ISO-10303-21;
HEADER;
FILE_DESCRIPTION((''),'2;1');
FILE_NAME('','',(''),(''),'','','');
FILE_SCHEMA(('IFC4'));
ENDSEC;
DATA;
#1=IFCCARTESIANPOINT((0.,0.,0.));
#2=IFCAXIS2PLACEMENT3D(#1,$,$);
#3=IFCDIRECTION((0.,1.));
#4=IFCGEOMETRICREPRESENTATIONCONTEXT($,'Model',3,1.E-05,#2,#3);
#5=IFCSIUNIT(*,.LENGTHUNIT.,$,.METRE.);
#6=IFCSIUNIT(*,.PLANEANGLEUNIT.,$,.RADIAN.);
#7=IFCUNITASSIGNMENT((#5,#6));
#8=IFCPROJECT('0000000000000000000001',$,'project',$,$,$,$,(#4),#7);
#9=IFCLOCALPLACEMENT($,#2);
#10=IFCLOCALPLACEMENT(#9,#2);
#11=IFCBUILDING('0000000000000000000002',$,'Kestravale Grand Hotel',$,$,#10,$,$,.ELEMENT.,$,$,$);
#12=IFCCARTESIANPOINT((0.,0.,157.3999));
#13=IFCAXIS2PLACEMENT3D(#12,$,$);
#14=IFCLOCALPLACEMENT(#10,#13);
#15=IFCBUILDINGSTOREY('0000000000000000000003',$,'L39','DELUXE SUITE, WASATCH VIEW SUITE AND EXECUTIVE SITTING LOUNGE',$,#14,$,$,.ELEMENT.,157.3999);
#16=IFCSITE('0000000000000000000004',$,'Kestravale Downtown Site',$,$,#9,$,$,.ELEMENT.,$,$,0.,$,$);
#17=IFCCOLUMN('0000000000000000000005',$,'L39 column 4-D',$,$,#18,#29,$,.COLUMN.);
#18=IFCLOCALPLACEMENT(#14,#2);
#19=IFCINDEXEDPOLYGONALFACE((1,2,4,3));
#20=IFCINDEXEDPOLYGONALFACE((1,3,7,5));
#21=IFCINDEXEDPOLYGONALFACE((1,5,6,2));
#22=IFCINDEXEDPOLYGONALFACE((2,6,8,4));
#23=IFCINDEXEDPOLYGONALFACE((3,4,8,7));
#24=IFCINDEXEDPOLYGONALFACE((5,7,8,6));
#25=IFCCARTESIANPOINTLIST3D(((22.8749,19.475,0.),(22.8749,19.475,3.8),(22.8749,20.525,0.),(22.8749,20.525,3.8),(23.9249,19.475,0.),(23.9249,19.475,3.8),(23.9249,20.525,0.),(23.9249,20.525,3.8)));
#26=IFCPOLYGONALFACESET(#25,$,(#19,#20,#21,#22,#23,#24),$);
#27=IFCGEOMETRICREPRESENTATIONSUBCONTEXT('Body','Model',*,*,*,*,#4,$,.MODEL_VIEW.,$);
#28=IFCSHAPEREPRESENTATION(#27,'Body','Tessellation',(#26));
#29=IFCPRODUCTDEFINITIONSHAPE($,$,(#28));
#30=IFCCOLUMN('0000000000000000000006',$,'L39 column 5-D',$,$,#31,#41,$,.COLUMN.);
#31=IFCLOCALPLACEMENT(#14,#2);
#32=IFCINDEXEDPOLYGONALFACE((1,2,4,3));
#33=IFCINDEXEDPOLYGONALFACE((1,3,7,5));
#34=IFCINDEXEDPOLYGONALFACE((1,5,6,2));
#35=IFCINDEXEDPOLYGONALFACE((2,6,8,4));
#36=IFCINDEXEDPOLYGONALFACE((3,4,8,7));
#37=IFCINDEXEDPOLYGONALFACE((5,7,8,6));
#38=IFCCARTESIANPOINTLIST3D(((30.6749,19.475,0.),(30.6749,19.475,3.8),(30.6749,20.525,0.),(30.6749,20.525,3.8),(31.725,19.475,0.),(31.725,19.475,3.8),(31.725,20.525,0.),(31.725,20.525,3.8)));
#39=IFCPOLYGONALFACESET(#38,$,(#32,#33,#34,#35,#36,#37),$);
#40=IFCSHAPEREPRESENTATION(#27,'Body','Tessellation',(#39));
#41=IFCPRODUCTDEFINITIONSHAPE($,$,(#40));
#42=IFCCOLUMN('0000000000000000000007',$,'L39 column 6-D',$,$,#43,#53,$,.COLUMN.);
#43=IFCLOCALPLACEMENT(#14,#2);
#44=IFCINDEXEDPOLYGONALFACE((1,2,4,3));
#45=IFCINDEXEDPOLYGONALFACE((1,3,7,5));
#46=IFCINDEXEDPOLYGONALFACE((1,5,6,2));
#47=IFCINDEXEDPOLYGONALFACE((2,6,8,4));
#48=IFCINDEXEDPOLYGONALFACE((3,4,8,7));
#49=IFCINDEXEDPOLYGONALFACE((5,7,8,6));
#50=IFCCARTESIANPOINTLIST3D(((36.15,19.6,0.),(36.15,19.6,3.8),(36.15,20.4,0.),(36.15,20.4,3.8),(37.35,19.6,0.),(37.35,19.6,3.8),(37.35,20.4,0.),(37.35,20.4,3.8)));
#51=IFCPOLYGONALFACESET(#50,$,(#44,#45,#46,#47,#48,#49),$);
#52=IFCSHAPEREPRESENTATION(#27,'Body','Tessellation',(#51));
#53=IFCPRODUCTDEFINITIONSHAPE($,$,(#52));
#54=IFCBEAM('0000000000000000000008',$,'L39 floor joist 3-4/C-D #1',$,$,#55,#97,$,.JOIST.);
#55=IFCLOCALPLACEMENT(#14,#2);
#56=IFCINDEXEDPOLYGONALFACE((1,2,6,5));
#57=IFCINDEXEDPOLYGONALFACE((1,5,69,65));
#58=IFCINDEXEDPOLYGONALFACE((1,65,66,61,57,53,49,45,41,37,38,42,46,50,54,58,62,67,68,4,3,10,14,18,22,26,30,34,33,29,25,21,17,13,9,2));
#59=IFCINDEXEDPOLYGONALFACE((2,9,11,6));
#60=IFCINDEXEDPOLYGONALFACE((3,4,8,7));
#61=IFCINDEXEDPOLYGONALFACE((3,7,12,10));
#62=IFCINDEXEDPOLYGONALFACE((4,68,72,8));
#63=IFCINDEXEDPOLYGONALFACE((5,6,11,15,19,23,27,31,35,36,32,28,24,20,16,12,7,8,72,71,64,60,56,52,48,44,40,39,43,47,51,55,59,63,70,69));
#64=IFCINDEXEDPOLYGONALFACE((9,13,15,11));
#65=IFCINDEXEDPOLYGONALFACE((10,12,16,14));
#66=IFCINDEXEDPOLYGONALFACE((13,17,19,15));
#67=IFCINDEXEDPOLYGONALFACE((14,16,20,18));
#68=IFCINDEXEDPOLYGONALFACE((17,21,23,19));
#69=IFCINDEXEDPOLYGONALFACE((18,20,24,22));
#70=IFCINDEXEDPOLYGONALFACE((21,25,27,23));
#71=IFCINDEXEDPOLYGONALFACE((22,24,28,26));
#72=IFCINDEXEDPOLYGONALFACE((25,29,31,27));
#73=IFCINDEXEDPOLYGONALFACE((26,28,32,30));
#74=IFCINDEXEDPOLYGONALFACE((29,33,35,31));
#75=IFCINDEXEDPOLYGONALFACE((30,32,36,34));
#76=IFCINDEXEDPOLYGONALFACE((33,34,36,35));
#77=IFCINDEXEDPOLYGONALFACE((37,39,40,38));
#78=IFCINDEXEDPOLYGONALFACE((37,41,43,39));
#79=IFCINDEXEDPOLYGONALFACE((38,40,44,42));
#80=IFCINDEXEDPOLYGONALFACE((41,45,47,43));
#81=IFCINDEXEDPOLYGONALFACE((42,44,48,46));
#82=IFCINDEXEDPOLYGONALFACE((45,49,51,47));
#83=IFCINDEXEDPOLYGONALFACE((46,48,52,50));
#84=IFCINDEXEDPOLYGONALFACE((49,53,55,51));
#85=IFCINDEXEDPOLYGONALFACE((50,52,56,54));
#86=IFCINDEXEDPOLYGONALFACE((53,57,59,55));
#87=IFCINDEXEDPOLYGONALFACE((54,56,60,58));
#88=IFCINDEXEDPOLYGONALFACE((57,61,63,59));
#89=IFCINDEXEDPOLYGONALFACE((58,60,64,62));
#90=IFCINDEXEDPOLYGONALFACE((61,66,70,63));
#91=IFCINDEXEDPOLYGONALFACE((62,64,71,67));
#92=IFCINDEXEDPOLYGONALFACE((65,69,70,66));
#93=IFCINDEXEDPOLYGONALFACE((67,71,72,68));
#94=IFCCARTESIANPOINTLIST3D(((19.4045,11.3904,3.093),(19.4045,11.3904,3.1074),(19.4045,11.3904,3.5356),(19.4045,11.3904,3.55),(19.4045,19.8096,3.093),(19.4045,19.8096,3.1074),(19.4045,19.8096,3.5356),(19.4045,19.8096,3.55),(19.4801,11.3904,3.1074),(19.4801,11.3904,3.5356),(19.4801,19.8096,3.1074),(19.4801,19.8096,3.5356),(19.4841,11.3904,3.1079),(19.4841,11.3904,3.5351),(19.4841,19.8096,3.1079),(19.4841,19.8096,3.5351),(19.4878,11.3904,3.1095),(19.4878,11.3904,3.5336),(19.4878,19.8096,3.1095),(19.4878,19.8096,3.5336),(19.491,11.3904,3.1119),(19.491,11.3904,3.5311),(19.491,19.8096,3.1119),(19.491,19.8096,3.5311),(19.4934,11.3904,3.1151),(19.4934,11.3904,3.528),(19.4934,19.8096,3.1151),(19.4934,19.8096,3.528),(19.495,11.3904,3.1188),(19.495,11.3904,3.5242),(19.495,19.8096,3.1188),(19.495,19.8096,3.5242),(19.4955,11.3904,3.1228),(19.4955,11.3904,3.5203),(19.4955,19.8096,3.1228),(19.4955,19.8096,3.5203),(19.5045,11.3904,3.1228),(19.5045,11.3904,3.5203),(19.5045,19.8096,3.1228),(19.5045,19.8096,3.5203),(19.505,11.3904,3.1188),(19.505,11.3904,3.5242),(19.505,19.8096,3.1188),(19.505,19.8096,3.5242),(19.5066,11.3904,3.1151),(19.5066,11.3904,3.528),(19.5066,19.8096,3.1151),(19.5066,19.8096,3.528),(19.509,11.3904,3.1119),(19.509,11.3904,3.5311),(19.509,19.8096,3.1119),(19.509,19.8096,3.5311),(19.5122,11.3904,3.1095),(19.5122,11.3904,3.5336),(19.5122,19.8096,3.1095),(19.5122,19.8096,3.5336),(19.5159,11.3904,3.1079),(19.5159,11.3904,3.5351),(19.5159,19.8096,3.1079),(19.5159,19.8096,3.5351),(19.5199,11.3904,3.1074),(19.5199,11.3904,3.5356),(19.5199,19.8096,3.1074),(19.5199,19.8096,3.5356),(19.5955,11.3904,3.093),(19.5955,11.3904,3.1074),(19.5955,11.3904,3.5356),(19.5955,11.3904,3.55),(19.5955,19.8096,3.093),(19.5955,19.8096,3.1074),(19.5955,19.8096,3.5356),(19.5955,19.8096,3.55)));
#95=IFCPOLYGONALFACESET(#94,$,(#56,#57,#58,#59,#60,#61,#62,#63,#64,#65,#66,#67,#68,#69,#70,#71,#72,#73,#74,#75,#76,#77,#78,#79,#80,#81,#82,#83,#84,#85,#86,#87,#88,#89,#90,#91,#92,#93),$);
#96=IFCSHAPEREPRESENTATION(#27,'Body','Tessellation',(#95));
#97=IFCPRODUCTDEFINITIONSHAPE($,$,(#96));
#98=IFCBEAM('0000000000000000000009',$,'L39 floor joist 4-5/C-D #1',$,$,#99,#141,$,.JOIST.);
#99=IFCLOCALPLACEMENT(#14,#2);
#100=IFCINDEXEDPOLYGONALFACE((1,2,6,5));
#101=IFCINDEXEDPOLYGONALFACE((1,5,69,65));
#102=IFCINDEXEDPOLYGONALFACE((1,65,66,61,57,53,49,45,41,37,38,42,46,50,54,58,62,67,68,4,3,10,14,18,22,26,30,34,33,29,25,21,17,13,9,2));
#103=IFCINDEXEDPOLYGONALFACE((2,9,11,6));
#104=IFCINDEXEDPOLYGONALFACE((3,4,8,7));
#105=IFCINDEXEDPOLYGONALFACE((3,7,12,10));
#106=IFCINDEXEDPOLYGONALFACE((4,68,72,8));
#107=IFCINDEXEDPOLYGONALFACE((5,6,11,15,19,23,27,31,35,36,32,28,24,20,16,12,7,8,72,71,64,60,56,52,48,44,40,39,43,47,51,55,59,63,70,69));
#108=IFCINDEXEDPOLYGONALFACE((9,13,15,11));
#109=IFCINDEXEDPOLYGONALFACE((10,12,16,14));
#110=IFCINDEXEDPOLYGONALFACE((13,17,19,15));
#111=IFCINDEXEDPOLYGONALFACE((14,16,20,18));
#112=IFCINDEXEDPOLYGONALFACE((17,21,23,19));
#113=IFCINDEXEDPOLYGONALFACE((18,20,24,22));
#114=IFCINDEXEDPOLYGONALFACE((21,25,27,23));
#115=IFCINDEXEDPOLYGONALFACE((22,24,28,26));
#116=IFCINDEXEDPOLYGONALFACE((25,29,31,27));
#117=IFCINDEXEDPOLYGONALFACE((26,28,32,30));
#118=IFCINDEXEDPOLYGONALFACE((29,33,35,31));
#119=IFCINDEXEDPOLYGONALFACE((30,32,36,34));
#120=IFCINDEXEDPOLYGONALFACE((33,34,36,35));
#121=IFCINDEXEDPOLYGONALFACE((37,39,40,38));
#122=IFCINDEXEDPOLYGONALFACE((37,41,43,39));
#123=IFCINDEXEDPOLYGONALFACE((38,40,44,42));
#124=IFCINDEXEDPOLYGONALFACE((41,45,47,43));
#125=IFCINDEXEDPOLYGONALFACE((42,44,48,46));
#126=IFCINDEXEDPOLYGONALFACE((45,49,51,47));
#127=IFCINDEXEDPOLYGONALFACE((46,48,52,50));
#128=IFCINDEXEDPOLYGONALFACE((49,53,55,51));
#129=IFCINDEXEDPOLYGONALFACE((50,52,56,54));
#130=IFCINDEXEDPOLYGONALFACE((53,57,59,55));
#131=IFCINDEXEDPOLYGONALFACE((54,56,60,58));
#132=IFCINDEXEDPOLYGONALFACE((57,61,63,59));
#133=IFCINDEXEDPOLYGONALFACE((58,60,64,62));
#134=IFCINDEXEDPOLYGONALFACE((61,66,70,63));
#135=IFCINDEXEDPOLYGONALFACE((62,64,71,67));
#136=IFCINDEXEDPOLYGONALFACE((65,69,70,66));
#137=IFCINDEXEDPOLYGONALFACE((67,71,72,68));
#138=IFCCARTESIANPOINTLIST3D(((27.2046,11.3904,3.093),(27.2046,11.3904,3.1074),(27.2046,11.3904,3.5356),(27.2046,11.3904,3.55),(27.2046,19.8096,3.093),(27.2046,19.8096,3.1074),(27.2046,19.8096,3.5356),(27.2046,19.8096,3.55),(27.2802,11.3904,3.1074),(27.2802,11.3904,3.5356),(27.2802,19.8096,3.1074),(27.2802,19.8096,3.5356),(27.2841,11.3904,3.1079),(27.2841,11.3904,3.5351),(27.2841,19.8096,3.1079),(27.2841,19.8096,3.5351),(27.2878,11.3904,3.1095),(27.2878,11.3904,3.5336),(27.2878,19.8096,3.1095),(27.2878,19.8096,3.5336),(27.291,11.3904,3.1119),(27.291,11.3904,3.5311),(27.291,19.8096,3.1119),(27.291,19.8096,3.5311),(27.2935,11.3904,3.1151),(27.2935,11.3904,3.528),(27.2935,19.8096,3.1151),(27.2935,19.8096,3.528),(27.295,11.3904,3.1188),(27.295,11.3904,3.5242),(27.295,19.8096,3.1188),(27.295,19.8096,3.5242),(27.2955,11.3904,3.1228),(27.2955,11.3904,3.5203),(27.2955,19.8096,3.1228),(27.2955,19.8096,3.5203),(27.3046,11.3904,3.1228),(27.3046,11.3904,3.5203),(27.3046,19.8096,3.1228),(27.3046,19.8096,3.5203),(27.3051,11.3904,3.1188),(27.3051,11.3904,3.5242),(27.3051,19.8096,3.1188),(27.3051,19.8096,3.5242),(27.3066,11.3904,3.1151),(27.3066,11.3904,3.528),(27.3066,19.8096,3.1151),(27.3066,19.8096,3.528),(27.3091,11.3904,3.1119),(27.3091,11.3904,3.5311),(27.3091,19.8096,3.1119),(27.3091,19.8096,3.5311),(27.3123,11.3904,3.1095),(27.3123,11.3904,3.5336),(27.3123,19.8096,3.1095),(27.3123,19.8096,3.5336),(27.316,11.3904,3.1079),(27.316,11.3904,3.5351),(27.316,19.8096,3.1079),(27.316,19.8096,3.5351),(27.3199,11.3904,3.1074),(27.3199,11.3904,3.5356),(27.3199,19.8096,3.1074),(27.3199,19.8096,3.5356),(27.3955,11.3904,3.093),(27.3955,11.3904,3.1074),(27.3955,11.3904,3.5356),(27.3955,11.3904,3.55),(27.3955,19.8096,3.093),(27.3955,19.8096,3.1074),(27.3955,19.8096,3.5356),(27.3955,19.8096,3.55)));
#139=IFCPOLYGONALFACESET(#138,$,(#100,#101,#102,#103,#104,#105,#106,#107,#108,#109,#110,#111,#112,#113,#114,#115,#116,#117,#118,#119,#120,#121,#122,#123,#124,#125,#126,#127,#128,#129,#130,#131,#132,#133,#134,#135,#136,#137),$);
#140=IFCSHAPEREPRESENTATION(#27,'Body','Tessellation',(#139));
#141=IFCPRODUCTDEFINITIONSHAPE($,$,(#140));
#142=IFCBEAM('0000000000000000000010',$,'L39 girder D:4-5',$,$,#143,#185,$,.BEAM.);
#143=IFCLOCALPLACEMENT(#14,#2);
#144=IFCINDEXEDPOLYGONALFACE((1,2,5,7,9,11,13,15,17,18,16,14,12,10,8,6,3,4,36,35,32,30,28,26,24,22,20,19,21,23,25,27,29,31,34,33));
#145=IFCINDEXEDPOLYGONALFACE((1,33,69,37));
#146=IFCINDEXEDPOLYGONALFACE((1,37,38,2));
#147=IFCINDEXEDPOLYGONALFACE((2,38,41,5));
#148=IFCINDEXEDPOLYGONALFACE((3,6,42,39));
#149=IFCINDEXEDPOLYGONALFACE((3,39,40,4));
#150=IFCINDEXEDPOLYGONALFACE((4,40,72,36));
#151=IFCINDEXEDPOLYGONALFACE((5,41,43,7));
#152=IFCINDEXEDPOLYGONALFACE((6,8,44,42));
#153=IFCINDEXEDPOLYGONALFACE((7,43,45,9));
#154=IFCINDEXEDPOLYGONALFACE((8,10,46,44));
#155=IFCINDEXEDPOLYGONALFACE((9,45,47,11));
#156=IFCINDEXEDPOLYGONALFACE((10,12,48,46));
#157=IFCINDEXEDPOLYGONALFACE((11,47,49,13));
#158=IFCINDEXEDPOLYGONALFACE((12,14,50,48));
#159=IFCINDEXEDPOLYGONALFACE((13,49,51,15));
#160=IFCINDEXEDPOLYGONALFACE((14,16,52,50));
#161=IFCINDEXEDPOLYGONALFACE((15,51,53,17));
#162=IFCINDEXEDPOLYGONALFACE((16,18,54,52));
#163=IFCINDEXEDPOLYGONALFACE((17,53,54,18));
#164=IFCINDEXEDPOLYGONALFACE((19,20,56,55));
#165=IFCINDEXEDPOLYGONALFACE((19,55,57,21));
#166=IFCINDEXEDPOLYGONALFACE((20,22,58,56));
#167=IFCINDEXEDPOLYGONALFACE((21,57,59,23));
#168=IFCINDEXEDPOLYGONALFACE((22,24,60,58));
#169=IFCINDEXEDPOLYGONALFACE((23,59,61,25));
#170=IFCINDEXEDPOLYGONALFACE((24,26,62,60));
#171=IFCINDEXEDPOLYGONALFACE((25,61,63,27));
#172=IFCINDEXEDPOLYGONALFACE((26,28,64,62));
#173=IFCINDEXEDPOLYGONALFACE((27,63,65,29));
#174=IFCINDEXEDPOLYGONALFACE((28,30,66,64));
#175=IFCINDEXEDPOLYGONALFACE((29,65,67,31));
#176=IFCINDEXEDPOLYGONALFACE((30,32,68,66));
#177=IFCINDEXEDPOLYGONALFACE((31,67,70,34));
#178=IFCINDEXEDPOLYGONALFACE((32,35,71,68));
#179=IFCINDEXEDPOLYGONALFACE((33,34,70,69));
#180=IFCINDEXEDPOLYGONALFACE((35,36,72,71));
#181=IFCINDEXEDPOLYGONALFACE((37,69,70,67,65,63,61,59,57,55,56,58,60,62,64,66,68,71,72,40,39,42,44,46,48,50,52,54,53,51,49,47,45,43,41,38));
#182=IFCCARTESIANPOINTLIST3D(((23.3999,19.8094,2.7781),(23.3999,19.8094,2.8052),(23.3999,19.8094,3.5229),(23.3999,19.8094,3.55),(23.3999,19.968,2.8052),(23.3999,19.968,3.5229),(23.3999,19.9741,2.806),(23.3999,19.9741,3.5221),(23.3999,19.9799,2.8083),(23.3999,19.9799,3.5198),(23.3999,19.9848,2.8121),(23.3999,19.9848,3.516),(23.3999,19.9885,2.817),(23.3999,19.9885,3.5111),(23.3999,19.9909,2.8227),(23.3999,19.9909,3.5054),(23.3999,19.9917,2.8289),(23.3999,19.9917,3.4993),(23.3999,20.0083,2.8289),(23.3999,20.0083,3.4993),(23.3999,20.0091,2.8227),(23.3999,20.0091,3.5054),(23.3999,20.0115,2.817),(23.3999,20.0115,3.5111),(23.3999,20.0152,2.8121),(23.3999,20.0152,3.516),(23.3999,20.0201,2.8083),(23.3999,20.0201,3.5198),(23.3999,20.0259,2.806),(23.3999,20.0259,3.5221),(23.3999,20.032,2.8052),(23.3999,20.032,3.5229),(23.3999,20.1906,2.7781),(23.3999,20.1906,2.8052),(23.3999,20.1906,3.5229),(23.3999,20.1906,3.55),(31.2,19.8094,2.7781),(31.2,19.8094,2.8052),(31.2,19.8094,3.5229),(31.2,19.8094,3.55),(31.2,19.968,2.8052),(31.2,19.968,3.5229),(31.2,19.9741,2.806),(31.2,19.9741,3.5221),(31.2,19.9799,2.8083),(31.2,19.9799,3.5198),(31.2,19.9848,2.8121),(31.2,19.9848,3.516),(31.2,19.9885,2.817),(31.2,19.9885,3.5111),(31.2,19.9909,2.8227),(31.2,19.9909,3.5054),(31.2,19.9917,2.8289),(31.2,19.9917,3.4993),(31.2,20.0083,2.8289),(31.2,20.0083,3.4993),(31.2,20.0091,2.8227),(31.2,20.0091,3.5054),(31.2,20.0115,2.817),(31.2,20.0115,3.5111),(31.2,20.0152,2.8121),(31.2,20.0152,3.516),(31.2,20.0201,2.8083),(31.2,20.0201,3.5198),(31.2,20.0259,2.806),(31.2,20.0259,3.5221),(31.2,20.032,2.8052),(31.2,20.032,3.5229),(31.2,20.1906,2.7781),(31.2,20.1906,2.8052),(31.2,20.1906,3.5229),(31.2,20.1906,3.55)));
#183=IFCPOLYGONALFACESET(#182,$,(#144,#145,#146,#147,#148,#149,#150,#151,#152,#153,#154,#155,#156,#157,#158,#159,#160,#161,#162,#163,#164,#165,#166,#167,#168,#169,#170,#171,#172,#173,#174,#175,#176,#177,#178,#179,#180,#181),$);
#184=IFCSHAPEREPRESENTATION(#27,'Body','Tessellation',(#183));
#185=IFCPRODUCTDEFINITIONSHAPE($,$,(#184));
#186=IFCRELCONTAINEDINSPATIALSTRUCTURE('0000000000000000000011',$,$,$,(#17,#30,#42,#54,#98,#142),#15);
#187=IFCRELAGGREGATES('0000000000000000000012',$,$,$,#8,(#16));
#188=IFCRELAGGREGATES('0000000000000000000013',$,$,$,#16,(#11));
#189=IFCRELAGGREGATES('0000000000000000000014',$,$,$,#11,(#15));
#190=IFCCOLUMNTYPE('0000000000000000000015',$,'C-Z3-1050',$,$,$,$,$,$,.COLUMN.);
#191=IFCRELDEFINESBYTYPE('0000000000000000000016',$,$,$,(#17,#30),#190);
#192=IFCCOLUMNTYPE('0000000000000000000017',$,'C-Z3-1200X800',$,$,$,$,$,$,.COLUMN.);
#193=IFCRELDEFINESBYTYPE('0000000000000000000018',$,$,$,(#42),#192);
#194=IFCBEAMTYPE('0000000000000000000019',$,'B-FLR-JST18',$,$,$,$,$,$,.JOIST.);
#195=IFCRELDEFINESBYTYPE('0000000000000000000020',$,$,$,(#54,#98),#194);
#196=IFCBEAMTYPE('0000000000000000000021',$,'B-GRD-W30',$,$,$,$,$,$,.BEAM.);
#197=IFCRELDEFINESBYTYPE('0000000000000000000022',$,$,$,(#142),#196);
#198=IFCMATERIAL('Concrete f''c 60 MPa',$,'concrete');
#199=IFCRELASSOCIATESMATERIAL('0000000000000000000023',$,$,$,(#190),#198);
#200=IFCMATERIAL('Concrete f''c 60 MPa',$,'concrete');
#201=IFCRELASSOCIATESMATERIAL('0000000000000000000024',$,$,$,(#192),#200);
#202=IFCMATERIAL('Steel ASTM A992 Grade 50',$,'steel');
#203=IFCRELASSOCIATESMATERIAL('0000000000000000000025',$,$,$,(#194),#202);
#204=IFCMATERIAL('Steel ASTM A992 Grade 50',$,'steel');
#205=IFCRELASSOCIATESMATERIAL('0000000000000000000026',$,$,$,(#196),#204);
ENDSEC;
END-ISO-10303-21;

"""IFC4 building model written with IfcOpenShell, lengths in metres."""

from ifc_helpers import new_model, si_unit, direction, frame, origin, origin_2d, place, context, subcontext, project, spatial, rectangle, i_section, extrude, material, material_profile, profile_set, type_object, element, save


model = new_model("IFC4")

# Units and contexts
model_context = context("Model", 3, precision=1e-05, world=origin(), true_north=direction((0.0, 1.0)))
body_context = subcontext(model_context, "Body", "Model", "MODEL_VIEW")
ifc_project = project(units=[si_unit("LENGTHUNIT", "METRE"), si_unit("PLANEANGLEUNIT", "RADIAN")], contexts=[model_context])

# Site, building, storey
site_placement = place(None, origin())
site = spatial("IfcSite", under=ifc_project, at=site_placement, Name="Kestravale Downtown Site", CompositionType="ELEMENT", RefElevation=0.0)
building_placement = place(site_placement, origin())
building = spatial("IfcBuilding", under=site, at=building_placement, Name="Kestravale Grand Hotel", CompositionType="ELEMENT")
storey_placement = place(building_placement, frame((0.0, 0.0, 157.3999)))
storey = spatial("IfcBuildingStorey", under=building, at=storey_placement, Name="L39", Description="DELUXE SUITE, WASATCH VIEW SUITE AND EXECUTIVE SITTING LOUNGE", CompositionType="ELEMENT", Elevation=157.3999)

# Columns
ifc_material_1 = material(Name="Concrete f'c 60 MPa", Category="concrete")
ifc_material_profile_1 = material_profile(ifc_material_1, rectangle(XDim=1.05, YDim=1.05, at=origin_2d()))
ifc_profile_set_1 = profile_set([ifc_material_profile_1], Name="Concrete f'c 60 MPa")
column_type_1 = type_object("IfcColumnType", Name="C-Z3-1050", PredefinedType="COLUMN", material=ifc_profile_set_1)
for number, where, z_axis, x_axis, name in (
    (1, (23.3999, 20.0, 0.0), (0.0, 0.0, 1.0), (1.0, 0.0, 0.0), "L39 column 4-D"),
    (2, (31.2, 20.0, 0.0), (0.0, 0.0, 1.0), (1.0, 0.0, 0.0), "L39 column 5-D"),
):
    element("IfcColumn", number, at=place(storey_placement, frame(where, z_axis=z_axis, x_axis=x_axis)), inside=storey, type_object=column_type_1, Name=name, PredefinedType="COLUMN", context=body_context, shape_type="SweptSolid", body=[
        extrude(rectangle(XDim=1.05, YDim=1.05, at=origin_2d()), origin(), (0.0, 0.0, 1.0), 3.8),
    ])
ifc_material_2 = material(Name="Concrete f'c 60 MPa", Category="concrete")
ifc_material_profile_2 = material_profile(ifc_material_2, rectangle(XDim=1.2, YDim=0.8, at=origin_2d()))
ifc_profile_set_2 = profile_set([ifc_material_profile_2], Name="Concrete f'c 60 MPa")
column_type_2 = type_object("IfcColumnType", Name="C-Z3-1200X800", PredefinedType="COLUMN", material=ifc_profile_set_2)
column_placement = place(storey_placement, frame((36.75, 20.0, 0.0), z_axis=(0.0, 0.0, 1.0), x_axis=(1.0, 0.0, 0.0)))
element("IfcColumn", 3, at=column_placement, inside=storey, type_object=column_type_2, Name="L39 column 6-D", PredefinedType="COLUMN", context=body_context, shape_type="SweptSolid", body=[
    extrude(rectangle(XDim=1.2, YDim=0.8, at=origin_2d()), origin(), (0.0, 0.0, 1.0), 3.8),
])

# Beams
ifc_material_3 = material(Name="Steel ASTM A992 Grade 50", Category="steel")
ifc_material_profile_3 = material_profile(ifc_material_3, i_section(OverallWidth=0.1909, OverallDepth=0.457, WebThickness=0.009, FlangeThickness=0.0144, FilletRadius=0.0154, at=origin_2d()))
ifc_profile_set_3 = profile_set([ifc_material_profile_3], Name="Steel ASTM A992 Grade 50")
beam_type_1 = type_object("IfcBeamType", Name="B-FLR-JST18", PredefinedType="JOIST", material=ifc_profile_set_3)
for number, where, z_axis, x_axis, name in (
    (4, (19.5, 11.3904, 3.3215), (0.0, 1.0, 0.0), (-1.0, 0.0, 0.0), "L39 floor joist 3-4/C-D #1"),
    (5, (27.3, 11.3904, 3.3215), (0.0, 1.0, 0.0), (-1.0, 0.0, 0.0), "L39 floor joist 4-5/C-D #1"),
):
    element("IfcBeam", number, at=place(storey_placement, frame(where, z_axis=z_axis, x_axis=x_axis)), inside=storey, type_object=beam_type_1, Name=name, PredefinedType="JOIST", context=body_context, shape_type="SweptSolid", body=[
        extrude(i_section(OverallWidth=0.1909, OverallDepth=0.457, WebThickness=0.009, FlangeThickness=0.0144, FilletRadius=0.0154, at=origin_2d()), origin(), (0.0, 0.0, 1.0), 8.4192),
    ])
ifc_material_4 = material(Name="Steel ASTM A992 Grade 50", Category="steel")
ifc_material_profile_4 = material_profile(ifc_material_4, i_section(OverallWidth=0.3811, OverallDepth=0.772, WebThickness=0.0166, FlangeThickness=0.0271, FilletRadius=0.0237, at=origin_2d()))
ifc_profile_set_4 = profile_set([ifc_material_profile_4], Name="Steel ASTM A992 Grade 50")
beam_type_2 = type_object("IfcBeamType", Name="B-GRD-W30", PredefinedType="BEAM", material=ifc_profile_set_4)
beam_1_placement = place(storey_placement, frame((23.3999, 20.0, 3.1641), z_axis=(1.0, 0.0, 0.0), x_axis=(0.0, 1.0, 0.0)))
element("IfcBeam", 6, at=beam_1_placement, inside=storey, type_object=beam_type_2, Name="L39 girder D:4-5", PredefinedType="BEAM", context=body_context, shape_type="SweptSolid", body=[
    extrude(i_section(OverallWidth=0.3811, OverallDepth=0.772, WebThickness=0.0166, FlangeThickness=0.0271, FilletRadius=0.0237, at=origin_2d()), origin(), (0.0, 0.0, 1.0), 7.8),
])

save(model, "model.ifc")
